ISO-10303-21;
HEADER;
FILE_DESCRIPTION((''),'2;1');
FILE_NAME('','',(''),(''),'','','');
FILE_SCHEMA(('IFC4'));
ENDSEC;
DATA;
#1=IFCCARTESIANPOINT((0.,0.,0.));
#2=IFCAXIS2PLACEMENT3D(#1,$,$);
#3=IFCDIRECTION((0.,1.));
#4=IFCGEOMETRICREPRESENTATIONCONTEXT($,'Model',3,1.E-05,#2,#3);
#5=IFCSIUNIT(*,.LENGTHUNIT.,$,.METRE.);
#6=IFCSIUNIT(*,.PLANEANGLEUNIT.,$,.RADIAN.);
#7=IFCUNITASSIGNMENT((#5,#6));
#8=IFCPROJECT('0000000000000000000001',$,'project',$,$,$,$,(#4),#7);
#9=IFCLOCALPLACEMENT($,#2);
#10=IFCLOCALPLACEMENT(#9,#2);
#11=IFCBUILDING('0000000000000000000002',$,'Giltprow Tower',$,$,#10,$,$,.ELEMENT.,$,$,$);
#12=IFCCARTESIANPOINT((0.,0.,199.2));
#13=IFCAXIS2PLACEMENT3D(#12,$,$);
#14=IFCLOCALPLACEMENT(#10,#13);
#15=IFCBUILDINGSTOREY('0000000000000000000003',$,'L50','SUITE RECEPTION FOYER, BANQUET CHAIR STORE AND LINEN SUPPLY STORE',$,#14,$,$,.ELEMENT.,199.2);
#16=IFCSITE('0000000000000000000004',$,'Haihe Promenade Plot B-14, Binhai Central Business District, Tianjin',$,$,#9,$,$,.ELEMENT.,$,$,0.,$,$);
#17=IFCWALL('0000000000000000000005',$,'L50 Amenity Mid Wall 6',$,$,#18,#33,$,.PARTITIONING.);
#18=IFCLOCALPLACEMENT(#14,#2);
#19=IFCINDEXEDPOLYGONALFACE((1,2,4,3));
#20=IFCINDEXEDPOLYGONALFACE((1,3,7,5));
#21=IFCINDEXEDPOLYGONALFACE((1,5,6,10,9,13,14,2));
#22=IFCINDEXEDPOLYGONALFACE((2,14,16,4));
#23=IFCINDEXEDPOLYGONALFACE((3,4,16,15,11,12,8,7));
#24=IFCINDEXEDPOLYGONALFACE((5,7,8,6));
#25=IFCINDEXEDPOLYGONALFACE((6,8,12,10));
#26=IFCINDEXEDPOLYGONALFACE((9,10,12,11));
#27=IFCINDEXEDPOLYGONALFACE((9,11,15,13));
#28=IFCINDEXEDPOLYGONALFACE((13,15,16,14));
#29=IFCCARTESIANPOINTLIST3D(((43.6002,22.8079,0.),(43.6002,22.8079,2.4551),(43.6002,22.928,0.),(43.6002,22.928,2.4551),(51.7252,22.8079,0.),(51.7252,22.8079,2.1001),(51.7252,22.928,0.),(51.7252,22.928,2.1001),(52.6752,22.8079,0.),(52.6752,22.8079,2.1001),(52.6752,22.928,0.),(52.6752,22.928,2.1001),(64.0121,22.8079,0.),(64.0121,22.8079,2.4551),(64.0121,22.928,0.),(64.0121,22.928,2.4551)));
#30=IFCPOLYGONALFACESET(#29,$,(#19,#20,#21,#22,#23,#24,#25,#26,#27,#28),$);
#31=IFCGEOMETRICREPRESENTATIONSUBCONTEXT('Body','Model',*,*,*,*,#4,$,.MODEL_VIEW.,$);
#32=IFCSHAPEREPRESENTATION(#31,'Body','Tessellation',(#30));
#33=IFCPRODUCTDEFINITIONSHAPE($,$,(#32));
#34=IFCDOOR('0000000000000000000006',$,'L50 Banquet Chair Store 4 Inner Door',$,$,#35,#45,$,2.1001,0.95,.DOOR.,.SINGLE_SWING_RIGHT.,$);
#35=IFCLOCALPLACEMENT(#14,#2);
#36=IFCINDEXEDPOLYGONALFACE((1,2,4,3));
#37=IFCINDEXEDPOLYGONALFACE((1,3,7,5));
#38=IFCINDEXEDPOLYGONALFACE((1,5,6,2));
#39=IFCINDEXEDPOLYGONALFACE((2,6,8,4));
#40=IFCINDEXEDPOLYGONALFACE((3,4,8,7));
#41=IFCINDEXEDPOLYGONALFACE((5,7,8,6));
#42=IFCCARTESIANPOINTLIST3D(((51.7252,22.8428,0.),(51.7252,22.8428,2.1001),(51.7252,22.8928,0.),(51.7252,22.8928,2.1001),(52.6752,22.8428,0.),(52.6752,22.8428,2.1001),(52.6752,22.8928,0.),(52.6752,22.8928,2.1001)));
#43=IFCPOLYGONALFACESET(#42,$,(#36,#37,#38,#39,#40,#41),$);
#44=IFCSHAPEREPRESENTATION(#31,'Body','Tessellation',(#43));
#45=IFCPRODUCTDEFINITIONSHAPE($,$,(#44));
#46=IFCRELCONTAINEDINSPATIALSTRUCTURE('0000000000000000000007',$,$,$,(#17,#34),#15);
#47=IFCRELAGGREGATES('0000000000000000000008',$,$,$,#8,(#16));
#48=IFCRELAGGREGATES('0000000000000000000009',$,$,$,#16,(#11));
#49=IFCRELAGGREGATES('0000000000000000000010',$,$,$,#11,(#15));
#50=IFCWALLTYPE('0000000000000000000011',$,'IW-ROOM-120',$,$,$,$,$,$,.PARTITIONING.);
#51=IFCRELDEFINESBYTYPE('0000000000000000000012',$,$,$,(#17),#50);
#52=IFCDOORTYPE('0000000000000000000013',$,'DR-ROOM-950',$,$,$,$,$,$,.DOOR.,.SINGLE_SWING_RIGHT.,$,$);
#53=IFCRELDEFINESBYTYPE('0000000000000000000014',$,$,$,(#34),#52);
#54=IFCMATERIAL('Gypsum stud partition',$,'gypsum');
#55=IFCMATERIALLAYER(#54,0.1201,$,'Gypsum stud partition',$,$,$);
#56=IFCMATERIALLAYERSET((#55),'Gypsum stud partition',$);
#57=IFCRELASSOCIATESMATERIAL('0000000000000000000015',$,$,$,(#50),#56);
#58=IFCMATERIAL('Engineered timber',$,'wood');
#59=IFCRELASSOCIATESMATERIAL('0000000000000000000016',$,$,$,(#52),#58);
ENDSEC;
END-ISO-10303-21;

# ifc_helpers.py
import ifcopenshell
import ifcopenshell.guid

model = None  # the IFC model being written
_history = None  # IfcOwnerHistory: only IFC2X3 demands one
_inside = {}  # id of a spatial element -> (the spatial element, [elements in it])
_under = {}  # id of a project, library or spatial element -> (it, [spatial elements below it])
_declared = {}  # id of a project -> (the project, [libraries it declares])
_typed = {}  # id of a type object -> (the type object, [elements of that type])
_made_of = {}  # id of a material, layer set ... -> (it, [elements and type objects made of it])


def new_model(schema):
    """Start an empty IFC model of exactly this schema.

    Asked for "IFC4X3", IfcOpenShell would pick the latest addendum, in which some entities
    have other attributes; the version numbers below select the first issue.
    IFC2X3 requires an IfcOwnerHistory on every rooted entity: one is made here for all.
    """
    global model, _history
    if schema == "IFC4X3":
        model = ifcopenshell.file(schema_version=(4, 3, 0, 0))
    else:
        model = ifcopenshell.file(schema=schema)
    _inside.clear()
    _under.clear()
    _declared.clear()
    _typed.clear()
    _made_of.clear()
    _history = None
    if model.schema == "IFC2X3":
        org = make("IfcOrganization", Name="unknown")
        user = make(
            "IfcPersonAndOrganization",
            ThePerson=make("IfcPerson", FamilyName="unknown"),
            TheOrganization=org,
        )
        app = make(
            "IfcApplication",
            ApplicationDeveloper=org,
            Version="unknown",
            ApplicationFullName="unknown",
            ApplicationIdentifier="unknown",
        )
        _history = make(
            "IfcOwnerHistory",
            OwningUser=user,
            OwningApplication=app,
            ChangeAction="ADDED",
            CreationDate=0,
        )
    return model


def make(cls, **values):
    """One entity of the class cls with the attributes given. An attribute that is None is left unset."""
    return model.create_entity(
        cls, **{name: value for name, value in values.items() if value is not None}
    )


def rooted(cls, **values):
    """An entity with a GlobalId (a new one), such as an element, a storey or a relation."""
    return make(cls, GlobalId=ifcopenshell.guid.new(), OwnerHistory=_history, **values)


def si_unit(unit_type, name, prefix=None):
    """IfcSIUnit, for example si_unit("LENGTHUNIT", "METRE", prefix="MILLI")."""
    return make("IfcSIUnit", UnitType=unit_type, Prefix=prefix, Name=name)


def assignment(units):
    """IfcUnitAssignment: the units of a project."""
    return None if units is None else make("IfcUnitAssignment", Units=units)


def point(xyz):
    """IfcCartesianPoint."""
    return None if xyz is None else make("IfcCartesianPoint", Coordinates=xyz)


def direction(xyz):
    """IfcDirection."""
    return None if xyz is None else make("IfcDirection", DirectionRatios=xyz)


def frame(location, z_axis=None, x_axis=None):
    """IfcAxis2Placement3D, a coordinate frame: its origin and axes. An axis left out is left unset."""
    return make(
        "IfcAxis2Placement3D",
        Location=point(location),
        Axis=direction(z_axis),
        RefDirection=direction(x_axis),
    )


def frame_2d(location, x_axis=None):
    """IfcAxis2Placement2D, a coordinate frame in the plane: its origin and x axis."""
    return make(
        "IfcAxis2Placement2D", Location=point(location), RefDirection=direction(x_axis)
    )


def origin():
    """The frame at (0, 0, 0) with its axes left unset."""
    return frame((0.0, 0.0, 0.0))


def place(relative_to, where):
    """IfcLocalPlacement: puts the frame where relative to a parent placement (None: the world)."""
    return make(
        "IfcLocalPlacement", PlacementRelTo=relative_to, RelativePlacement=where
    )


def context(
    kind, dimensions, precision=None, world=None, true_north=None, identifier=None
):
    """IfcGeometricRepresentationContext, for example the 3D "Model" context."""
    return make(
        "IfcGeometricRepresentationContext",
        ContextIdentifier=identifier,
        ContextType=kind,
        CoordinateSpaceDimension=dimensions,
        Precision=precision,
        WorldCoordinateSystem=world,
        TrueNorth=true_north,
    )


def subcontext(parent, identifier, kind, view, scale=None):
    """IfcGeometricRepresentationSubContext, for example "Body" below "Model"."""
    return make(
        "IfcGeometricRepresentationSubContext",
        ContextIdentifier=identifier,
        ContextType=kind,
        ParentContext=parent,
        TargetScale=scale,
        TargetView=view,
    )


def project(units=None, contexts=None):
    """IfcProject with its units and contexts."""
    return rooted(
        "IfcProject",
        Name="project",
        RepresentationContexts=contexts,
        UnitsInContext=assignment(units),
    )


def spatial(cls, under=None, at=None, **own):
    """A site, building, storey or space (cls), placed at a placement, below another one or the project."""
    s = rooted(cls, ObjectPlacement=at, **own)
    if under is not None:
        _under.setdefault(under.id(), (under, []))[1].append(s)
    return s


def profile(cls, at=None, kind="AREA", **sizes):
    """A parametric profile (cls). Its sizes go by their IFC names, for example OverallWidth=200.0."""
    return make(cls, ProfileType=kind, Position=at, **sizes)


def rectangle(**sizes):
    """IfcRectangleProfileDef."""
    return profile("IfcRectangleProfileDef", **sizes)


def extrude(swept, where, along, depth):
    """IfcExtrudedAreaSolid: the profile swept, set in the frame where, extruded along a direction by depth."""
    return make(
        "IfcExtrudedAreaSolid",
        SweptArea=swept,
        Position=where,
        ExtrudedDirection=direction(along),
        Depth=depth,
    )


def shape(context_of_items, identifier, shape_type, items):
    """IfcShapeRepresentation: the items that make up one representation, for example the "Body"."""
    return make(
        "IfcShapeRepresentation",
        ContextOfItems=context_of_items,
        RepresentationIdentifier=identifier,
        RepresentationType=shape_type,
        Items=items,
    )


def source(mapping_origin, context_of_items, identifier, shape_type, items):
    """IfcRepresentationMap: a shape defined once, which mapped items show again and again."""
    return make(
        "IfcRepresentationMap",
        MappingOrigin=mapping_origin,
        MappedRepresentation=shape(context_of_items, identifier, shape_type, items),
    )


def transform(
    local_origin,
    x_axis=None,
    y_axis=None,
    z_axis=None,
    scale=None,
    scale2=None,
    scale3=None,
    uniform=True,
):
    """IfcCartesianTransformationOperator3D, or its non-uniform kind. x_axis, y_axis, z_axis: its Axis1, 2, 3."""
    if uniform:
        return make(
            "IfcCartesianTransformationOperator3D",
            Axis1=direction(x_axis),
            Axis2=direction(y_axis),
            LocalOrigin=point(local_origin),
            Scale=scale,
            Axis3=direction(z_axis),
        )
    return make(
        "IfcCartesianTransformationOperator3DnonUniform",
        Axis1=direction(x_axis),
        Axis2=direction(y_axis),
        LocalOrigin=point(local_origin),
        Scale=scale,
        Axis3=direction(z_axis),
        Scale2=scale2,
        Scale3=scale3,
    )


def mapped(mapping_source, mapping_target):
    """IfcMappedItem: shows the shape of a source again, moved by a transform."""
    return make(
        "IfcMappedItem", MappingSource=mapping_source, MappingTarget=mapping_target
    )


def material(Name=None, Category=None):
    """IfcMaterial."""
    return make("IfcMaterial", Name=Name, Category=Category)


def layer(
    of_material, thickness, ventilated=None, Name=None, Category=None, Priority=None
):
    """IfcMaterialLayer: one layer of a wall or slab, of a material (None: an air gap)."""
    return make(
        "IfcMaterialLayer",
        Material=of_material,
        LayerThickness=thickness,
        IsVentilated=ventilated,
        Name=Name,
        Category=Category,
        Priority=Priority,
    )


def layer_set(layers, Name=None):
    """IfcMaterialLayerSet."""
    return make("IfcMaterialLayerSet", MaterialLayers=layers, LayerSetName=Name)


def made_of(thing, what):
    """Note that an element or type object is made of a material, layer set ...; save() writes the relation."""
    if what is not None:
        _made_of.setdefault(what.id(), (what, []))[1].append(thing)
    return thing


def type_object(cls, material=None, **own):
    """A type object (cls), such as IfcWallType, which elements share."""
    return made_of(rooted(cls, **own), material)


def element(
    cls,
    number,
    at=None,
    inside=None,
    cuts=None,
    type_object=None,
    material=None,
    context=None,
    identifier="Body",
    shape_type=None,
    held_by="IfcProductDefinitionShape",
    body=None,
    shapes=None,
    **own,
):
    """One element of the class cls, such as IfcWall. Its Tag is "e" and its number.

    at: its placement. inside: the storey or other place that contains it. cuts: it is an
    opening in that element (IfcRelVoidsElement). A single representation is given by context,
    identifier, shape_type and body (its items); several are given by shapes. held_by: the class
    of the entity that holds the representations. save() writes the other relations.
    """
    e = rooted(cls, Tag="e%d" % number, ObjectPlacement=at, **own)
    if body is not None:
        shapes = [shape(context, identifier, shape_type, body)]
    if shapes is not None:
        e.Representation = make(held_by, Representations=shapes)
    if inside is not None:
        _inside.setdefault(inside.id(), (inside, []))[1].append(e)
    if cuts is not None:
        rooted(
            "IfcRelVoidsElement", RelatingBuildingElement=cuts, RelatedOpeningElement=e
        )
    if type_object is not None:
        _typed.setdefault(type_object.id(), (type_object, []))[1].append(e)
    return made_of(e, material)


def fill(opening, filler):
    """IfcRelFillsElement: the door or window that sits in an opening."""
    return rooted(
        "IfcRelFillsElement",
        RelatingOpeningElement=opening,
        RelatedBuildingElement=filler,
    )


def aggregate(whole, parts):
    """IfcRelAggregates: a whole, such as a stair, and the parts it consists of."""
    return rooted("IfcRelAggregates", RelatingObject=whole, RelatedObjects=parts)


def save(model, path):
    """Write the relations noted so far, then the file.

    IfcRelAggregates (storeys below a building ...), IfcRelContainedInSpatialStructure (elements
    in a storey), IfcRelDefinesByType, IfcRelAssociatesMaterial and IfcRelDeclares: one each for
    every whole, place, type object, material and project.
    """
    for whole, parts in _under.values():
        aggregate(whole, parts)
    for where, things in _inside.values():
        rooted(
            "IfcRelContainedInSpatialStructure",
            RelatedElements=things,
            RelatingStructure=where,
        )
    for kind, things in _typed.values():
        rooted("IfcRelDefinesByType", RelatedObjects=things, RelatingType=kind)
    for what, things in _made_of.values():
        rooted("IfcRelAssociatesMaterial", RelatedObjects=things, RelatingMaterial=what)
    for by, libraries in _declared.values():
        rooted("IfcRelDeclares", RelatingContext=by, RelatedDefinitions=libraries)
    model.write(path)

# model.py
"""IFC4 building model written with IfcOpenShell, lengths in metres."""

from ifc_helpers import new_model, si_unit, direction, frame, frame_2d, origin, place, context, subcontext, project, spatial, rectangle, extrude, source, transform, mapped, material, layer, layer_set, type_object, element, fill, save


model = new_model("IFC4")

# Units and contexts
model_context = context("Model", 3, precision=1e-05, world=origin(), true_north=direction((0.0, 1.0)))
body_context = subcontext(model_context, "Body", "Model", "MODEL_VIEW")
ifc_project = project(units=[si_unit("LENGTHUNIT", "METRE"), si_unit("PLANEANGLEUNIT", "RADIAN")], contexts=[model_context])

# Site, building, storey
site_placement = place(None, origin())
site = spatial("IfcSite", under=ifc_project, at=site_placement, Name="Haihe Promenade Plot B-14, Binhai Central Business District, Tianjin", CompositionType="ELEMENT", RefElevation=0.0)
building_placement = place(site_placement, origin())
building = spatial("IfcBuilding", under=site, at=building_placement, Name="Giltprow Tower", CompositionType="ELEMENT")
storey_placement = place(building_placement, frame((0.0, 0.0, 199.2)))
storey = spatial("IfcBuildingStorey", under=building, at=storey_placement, Name="L50", Description="SUITE RECEPTION FOYER, BANQUET CHAIR STORE AND LINEN SUPPLY STORE", CompositionType="ELEMENT", Elevation=199.2)

# Wall, opening, door
ifc_material_1 = material(Name="Gypsum stud partition", Category="gypsum")
ifc_layer = layer(ifc_material_1, 0.1201, Name="Gypsum stud partition")
ifc_layer_set = layer_set([ifc_layer], Name="Gypsum stud partition")
wall_type = type_object("IfcWallType", Name="IW-ROOM-120", PredefinedType="PARTITIONING", material=ifc_layer_set)
ifc_material_2 = material(Name="Engineered timber", Category="wood")
door_type = type_object("IfcDoorType", Name="DR-ROOM-950", OperationType="SINGLE_SWING_RIGHT", PredefinedType="DOOR", material=ifc_material_2)
shared_shape_1 = source(origin(), body_context, "Body", "SweptSolid", [
    extrude(rectangle(XDim=0.95, YDim=2.1001, at=frame_2d((0.4751, 1.05))), frame((0.0, 0.0249, 0.0), z_axis=(0.0, -1.0, 0.0), x_axis=(1.0, 0.0, 0.0)), (0.0, 0.0, 1.0), 0.05),
])
wall_1_placement = place(storey_placement, frame((43.6001, 22.8679, 0.0), z_axis=(0.0, 0.0, 1.0), x_axis=(1.0, 0.0, 0.0)))
wall_1 = element("IfcWall", 1, at=wall_1_placement, inside=storey, type_object=wall_type, Name="L50 Amenity Mid Wall 6", PredefinedType="PARTITIONING", context=body_context, shape_type="SweptSolid", body=[
    extrude(rectangle(XDim=20.4119, YDim=0.1201, at=frame_2d((10.2061, 0.0))), origin(), (0.0, 0.0, 1.0), 2.4551),
])
opening_1_placement = place(wall_1_placement, frame((8.125, 0.0, 0.0)))
opening_1 = element("IfcOpeningElement", 2, at=opening_1_placement, cuts=wall_1, PredefinedType="OPENING", context=body_context, shape_type="SweptSolid", body=[
    extrude(rectangle(XDim=0.95, YDim=2.1001, at=frame_2d((0.4751, 1.05))), frame((0.0, 0.0701, 0.0), z_axis=(0.0, -1.0, 0.0), x_axis=(1.0, 0.0, 0.0)), (0.0, 0.0, 1.0), 0.1401),
])
door_1_placement = place(opening_1_placement, origin())
door_1 = element("IfcDoor", 3, at=door_1_placement, inside=storey, type_object=door_type, Name="L50 Banquet Chair Store 4 Inner Door", OperationType="SINGLE_SWING_RIGHT", OverallHeight=2.1001, OverallWidth=0.95, PredefinedType="DOOR", context=body_context, shape_type="MappedRepresentation", body=[
    mapped(shared_shape_1, transform((0.0, 0.0, 0.0), x_axis=(1.0, 0.0, 0.0), y_axis=(0.0, 1.0, 0.0), z_axis=(0.0, 0.0, 1.0), scale=1.0)),
])
fill(opening_1, door_1)

save(model, "model.ifc")
